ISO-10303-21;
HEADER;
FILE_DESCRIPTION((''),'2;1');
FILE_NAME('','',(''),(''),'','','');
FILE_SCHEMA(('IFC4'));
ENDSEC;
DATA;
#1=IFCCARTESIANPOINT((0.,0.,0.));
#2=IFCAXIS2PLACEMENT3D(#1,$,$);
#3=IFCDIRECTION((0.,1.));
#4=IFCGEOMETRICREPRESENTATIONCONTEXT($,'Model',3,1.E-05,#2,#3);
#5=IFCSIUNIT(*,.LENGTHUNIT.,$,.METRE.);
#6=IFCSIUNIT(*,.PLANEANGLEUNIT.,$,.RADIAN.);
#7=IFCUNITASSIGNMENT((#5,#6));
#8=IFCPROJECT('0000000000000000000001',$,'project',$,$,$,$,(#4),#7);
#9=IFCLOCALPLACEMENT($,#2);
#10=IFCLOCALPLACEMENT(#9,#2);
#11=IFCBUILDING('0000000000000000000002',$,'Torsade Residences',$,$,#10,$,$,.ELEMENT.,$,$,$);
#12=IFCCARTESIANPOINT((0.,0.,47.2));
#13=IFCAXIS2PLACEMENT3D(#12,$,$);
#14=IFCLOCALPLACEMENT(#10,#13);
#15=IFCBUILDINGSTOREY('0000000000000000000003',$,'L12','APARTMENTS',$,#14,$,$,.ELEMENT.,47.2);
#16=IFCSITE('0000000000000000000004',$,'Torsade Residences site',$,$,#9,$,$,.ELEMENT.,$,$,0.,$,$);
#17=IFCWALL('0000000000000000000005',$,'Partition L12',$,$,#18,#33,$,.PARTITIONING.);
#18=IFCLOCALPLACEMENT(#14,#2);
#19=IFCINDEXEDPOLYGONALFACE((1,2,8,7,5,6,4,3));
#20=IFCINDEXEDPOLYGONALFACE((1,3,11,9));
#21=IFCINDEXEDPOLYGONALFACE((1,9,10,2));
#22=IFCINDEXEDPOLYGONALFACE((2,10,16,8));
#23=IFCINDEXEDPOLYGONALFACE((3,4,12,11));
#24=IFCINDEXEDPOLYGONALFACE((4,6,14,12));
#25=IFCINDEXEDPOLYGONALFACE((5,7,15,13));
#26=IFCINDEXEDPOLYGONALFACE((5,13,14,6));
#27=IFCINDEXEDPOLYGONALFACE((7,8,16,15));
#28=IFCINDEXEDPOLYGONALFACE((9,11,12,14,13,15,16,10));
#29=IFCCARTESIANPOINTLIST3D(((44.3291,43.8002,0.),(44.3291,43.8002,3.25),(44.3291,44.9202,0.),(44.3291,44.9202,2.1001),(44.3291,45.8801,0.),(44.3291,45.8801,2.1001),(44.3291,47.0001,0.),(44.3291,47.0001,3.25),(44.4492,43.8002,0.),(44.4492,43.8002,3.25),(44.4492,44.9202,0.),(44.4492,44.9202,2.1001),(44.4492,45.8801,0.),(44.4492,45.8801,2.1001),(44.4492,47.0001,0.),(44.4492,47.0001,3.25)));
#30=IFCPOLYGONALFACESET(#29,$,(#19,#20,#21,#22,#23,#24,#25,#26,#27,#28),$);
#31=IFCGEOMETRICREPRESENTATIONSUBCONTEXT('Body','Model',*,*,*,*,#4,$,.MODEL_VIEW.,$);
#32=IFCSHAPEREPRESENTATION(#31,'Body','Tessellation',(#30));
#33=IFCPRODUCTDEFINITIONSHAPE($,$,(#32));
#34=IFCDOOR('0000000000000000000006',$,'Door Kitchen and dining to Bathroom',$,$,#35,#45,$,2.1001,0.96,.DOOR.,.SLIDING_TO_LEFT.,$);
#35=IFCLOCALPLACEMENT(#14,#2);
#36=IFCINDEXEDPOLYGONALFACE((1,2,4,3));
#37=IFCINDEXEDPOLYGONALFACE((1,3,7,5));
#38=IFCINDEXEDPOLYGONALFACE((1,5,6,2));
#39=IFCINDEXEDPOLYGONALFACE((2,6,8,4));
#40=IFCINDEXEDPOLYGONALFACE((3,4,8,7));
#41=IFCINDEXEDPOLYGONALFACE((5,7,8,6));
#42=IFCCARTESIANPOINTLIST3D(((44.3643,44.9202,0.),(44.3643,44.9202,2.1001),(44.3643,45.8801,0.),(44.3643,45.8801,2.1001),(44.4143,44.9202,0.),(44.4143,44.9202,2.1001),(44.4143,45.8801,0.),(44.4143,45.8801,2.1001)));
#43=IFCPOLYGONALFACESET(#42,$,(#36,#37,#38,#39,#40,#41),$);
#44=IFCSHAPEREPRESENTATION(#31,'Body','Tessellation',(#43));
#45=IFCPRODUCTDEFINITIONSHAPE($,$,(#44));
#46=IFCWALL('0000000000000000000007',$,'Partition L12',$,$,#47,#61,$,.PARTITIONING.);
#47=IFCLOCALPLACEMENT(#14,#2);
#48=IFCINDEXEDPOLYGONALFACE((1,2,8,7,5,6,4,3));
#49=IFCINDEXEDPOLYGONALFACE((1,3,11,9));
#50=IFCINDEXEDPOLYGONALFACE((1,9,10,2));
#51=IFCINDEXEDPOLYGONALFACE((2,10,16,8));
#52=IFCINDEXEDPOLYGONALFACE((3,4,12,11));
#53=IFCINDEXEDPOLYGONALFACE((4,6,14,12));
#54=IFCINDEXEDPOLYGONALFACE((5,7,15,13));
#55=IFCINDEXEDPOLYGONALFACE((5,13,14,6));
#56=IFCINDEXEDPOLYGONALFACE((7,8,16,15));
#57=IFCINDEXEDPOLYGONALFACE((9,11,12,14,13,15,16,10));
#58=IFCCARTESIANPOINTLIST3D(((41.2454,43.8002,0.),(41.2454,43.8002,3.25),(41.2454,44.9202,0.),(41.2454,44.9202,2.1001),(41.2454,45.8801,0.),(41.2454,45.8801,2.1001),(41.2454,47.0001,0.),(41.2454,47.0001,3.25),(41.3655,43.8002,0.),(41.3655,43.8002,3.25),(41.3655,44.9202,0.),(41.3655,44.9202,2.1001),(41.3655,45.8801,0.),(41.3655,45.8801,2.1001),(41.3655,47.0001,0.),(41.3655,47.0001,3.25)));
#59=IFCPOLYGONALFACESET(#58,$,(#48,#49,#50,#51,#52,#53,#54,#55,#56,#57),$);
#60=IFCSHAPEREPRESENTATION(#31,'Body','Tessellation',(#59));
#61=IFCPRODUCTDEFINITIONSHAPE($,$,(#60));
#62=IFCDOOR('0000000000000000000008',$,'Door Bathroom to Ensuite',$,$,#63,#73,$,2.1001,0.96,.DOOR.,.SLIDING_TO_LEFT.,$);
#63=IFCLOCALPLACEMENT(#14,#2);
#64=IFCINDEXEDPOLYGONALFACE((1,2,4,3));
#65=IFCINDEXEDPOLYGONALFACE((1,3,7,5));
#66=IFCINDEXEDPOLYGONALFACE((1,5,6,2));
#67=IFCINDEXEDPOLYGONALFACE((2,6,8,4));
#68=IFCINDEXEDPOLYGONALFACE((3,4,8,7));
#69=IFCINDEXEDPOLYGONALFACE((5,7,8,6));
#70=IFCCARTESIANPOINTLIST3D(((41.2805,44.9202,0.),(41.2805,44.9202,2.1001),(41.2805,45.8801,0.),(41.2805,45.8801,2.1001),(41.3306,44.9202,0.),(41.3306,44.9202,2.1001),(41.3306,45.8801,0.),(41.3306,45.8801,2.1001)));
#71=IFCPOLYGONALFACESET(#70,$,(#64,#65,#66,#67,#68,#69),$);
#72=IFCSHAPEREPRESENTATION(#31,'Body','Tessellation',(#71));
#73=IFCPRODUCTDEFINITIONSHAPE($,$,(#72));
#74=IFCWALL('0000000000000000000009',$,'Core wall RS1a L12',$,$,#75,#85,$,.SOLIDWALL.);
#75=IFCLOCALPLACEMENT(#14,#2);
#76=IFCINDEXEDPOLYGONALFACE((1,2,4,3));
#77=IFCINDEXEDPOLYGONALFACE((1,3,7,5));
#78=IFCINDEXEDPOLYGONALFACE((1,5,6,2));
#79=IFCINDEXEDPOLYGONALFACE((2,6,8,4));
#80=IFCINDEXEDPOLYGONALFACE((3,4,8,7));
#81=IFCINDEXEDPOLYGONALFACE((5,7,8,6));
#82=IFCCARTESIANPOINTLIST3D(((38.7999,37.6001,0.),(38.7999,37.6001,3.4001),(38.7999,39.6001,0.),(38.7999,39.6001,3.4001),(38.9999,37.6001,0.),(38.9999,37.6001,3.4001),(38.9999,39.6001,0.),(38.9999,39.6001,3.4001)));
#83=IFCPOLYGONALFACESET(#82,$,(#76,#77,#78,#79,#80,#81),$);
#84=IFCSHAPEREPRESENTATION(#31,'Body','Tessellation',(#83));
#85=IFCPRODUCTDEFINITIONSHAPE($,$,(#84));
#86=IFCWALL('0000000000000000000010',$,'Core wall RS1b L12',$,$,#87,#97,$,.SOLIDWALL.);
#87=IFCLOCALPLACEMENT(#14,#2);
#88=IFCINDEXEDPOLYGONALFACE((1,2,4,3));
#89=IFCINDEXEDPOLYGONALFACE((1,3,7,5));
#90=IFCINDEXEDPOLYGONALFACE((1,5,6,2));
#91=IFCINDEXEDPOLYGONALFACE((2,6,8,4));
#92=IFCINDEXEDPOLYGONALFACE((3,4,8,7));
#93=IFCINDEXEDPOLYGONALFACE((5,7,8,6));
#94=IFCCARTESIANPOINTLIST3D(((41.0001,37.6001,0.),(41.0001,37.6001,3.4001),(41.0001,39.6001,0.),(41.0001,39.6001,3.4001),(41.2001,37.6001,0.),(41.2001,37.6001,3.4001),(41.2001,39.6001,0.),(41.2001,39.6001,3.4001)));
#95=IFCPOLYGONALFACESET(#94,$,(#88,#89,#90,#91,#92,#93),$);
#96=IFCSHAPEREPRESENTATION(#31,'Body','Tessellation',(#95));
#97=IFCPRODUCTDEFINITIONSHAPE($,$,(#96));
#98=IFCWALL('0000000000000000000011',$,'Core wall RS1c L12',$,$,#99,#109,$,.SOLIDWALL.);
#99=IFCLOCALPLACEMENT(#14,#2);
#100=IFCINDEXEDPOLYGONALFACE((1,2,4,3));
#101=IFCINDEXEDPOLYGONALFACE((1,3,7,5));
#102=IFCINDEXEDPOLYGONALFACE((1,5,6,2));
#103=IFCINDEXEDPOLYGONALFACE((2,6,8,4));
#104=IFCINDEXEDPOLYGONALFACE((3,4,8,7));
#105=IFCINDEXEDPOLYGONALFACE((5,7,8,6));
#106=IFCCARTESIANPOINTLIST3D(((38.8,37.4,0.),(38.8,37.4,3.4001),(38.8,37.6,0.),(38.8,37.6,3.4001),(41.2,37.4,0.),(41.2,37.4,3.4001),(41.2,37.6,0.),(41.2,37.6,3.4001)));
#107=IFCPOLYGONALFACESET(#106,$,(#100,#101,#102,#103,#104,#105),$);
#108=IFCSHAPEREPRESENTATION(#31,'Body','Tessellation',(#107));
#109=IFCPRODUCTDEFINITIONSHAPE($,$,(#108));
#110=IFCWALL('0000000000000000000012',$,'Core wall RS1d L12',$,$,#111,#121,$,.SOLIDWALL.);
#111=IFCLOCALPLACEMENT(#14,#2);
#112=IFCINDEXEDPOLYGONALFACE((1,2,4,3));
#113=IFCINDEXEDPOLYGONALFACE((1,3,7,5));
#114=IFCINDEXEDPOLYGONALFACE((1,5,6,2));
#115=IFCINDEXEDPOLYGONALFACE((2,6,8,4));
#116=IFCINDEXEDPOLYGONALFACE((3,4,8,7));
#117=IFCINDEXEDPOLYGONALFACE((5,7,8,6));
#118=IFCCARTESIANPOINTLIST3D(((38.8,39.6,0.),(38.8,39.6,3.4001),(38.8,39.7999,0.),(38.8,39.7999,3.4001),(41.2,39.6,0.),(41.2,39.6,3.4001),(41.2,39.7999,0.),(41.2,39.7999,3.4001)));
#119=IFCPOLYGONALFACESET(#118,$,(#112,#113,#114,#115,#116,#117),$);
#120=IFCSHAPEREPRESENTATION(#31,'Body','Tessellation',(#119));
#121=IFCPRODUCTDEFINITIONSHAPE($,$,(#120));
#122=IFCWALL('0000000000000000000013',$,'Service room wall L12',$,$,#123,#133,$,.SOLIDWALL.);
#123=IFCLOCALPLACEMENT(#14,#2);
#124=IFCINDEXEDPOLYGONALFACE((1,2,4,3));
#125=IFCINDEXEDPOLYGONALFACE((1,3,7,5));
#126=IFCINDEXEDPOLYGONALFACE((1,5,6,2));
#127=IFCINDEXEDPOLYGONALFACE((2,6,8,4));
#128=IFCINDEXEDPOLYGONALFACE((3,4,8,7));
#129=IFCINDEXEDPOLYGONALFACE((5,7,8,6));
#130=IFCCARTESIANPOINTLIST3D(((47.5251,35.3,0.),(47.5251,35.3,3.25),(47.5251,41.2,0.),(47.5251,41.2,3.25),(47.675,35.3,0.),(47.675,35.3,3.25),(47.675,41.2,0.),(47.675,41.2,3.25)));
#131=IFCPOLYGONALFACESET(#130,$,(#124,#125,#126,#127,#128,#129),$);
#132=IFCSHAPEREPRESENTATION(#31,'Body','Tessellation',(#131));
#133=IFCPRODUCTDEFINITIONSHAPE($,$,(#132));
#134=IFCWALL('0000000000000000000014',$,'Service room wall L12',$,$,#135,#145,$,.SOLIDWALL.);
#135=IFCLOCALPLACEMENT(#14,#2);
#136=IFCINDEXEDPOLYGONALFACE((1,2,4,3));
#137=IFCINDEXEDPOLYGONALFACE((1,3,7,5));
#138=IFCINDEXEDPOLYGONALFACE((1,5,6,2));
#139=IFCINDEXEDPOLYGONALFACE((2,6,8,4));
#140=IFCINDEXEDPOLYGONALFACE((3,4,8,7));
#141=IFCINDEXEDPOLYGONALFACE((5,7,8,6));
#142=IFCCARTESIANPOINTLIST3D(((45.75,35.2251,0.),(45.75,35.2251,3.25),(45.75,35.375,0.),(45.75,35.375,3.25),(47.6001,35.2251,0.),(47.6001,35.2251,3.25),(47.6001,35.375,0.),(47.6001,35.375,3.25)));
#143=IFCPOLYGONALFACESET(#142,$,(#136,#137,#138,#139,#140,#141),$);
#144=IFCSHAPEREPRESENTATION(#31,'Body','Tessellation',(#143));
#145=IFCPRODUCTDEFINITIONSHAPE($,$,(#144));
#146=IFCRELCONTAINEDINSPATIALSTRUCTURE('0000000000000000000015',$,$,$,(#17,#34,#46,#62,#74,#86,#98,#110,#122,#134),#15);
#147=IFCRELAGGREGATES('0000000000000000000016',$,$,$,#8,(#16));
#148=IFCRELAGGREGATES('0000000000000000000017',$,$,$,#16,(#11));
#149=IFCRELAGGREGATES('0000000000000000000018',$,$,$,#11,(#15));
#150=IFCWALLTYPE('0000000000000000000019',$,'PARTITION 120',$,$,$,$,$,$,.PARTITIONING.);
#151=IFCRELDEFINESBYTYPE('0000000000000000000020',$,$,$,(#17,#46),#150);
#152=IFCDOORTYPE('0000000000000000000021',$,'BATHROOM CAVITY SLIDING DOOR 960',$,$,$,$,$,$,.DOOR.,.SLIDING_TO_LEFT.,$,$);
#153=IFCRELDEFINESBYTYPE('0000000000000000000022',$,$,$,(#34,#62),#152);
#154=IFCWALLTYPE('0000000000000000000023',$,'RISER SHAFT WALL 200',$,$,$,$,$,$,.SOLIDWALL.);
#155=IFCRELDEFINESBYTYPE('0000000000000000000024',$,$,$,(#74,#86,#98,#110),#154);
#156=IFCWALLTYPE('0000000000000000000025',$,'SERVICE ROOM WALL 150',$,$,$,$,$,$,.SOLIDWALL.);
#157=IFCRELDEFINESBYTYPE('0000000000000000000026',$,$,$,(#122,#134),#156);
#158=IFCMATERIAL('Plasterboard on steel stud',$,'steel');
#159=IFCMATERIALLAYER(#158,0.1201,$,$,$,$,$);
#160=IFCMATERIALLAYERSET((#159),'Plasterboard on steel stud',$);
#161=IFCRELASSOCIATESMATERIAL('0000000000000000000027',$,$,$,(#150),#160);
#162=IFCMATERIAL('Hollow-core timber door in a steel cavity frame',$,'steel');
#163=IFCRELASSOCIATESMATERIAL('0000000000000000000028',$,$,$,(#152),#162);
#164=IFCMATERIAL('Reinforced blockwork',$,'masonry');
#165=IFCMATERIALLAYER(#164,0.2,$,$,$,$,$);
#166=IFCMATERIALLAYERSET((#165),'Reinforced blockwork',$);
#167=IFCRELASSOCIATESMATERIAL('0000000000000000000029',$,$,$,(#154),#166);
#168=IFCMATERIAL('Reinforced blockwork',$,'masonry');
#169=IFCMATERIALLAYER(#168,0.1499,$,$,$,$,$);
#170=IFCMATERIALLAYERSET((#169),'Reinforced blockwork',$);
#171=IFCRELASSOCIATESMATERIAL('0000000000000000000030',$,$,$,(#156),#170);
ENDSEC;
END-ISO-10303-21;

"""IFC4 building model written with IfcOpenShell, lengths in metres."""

from ifc_helpers import new_model, si_unit, direction, frame, frame_2d, origin, place, context, subcontext, project, spatial, rectangle, extrude, material, layer, layer_set, type_object, element, fill, save


model = new_model("IFC4")

# Units and contexts
model_context = context("Model", 3, precision=1e-05, world=origin(), true_north=direction((0.0, 1.0)))
body_context = subcontext(model_context, "Body", "Model", "MODEL_VIEW")
ifc_project = project(units=[si_unit("LENGTHUNIT", "METRE"), si_unit("PLANEANGLEUNIT", "RADIAN")], contexts=[model_context])

# Site, building, storey
site_placement = place(None, origin())
site = spatial("IfcSite", under=ifc_project, at=site_placement, Name="Torsade Residences site", CompositionType="ELEMENT", RefElevation=0.0)
building_placement = place(site_placement, origin())
building = spatial("IfcBuilding", under=site, at=building_placement, Name="Torsade Residences", CompositionType="ELEMENT")
storey_placement = place(building_placement, frame((0.0, 0.0, 47.2)))
storey = spatial("IfcBuildingStorey", under=building, at=storey_placement, Name="L12", Description="APARTMENTS", CompositionType="ELEMENT", Elevation=47.2)

# Walls, openings, doors
ifc_material_1 = material(Name="Plasterboard on steel stud", Category="steel")
ifc_layer_1 = layer(ifc_material_1, 0.1201)
ifc_layer_set_1 = layer_set([ifc_layer_1], Name="Plasterboard on steel stud")
wall_type_1 = type_object("IfcWallType", Name="PARTITION 120", PredefinedType="PARTITIONING", material=ifc_layer_set_1)
wall_1_placement = place(storey_placement, frame((44.3892, 43.8, 0.0), z_axis=(0.0, 0.0, 1.0), x_axis=(0.0, 1.0, 0.0)))
wall_1 = element("IfcWall", 1, at=wall_1_placement, inside=storey, type_object=wall_type_1, Name="Partition L12", PredefinedType="PARTITIONING", context=body_context, shape_type="SweptSolid", body=[
    extrude(rectangle(XDim=3.2, YDim=0.1201, at=frame_2d((1.6001, 0.0))), origin(), (0.0, 0.0, 1.0), 3.25),
])
opening_1_placement = place(wall_1_placement, frame((1.1201, 0.0, 0.0)))
opening_1 = element("IfcOpeningElement", 2, at=opening_1_placement, cuts=wall_1, PredefinedType="OPENING", context=body_context, shape_type="SweptSolid", body=[
    extrude(rectangle(XDim=0.96, YDim=2.1001, at=frame_2d((0.48, 1.05))), frame((0.0, 0.0701, 0.0), z_axis=(0.0, -1.0, 0.0), x_axis=(1.0, 0.0, 0.0)), (0.0, 0.0, 1.0), 0.1401),
])
ifc_material_2 = material(Name="Hollow-core timber door in a steel cavity frame", Category="steel")
door_type = type_object("IfcDoorType", Name="BATHROOM CAVITY SLIDING DOOR 960", OperationType="SLIDING_TO_LEFT", PredefinedType="DOOR", material=ifc_material_2)
door_1_placement = place(opening_1_placement, origin())
door_1 = element("IfcDoor", 3, at=door_1_placement, inside=storey, type_object=door_type, Name="Door Kitchen and dining to Bathroom", OperationType="SLIDING_TO_LEFT", OverallHeight=2.1001, OverallWidth=0.96, PredefinedType="DOOR", context=body_context, shape_type="SweptSolid", body=[
    extrude(rectangle(XDim=0.96, YDim=2.1001, at=frame_2d((0.48, 1.05))), frame((0.0, 0.0249, 0.0), z_axis=(0.0, -1.0, 0.0), x_axis=(1.0, 0.0, 0.0)), (0.0, 0.0, 1.0), 0.05),
])
fill(opening_1, door_1)
wall_2_placement = place(storey_placement, frame((41.3054, 43.8, 0.0), z_axis=(0.0, 0.0, 1.0), x_axis=(0.0, 1.0, 0.0)))
wall_2 = element("IfcWall", 4, at=wall_2_placement, inside=storey, type_object=wall_type_1, Name="Partition L12", PredefinedType="PARTITIONING", context=body_context, shape_type="SweptSolid", body=[
    extrude(rectangle(XDim=3.2, YDim=0.1201, at=frame_2d((1.6001, 0.0))), origin(), (0.0, 0.0, 1.0), 3.25),
])
opening_2_placement = place(wall_2_placement, frame((1.1201, 0.0, 0.0)))
opening_2 = element("IfcOpeningElement", 5, at=opening_2_placement, cuts=wall_2, PredefinedType="OPENING", context=body_context, shape_type="SweptSolid", body=[
    extrude(rectangle(XDim=0.96, YDim=2.1001, at=frame_2d((0.48, 1.05))), frame((0.0, 0.0701, 0.0), z_axis=(0.0, -1.0, 0.0), x_axis=(1.0, 0.0, 0.0)), (0.0, 0.0, 1.0), 0.1401),
])
door_2_placement = place(opening_2_placement, origin())
door_2 = element("IfcDoor", 6, at=door_2_placement, inside=storey, type_object=door_type, Name="Door Bathroom to Ensuite", OperationType="SLIDING_TO_LEFT", OverallHeight=2.1001, OverallWidth=0.96, PredefinedType="DOOR", context=body_context, shape_type="SweptSolid", body=[
    extrude(rectangle(XDim=0.96, YDim=2.1001, at=frame_2d((0.48, 1.05))), frame((0.0, 0.0249, 0.0), z_axis=(0.0, -1.0, 0.0), x_axis=(1.0, 0.0, 0.0)), (0.0, 0.0, 1.0), 0.05),
])
fill(opening_2, door_2)

# Walls
ifc_material_3 = material(Name="Reinforced blockwork", Category="masonry")
ifc_layer_2 = layer(ifc_material_3, 0.2)
ifc_layer_set_2 = layer_set([ifc_layer_2], Name="Reinforced blockwork")
wall_type_2 = type_object("IfcWallType", Name="RISER SHAFT WALL 200", PredefinedType="SOLIDWALL", material=ifc_layer_set_2)
for number, where, z_axis, x_axis, name in (
    (7, (38.8999, 37.6001, 0.0), (0.0, 0.0, 1.0), (0.0, 1.0, 0.0), "Core wall RS1a L12"),
    (8, (41.1001, 37.6001, 0.0), (0.0, 0.0, 1.0), (0.0, 1.0, 0.0), "Core wall RS1b L12"),
):
    element("IfcWall", number, at=place(storey_placement, frame(where, z_axis=z_axis, x_axis=x_axis)), inside=storey, type_object=wall_type_2, Name=name, PredefinedType="SOLIDWALL", context=body_context, shape_type="SweptSolid", body=[
        extrude(rectangle(XDim=2.0, YDim=0.2, at=frame_2d((1.0, 0.0))), origin(), (0.0, 0.0, 1.0), 3.4001),
    ])
for number, where, z_axis, x_axis, name in (
    (9, (38.8, 37.5, 0.0), (0.0, 0.0, 1.0), (1.0, 0.0, 0.0), "Core wall RS1c L12"),
    (10, (38.8, 39.7, 0.0), (0.0, 0.0, 1.0), (1.0, 0.0, 0.0), "Core wall RS1d L12"),
):
    element("IfcWall", number, at=place(storey_placement, frame(where, z_axis=z_axis, x_axis=x_axis)), inside=storey, type_object=wall_type_2, Name=name, PredefinedType="SOLIDWALL", context=body_context, shape_type="SweptSolid", body=[
        extrude(rectangle(XDim=2.3999, YDim=0.2, at=frame_2d((1.2, 0.0))), origin(), (0.0, 0.0, 1.0), 3.4001),
    ])
ifc_material_4 = material(Name="Reinforced blockwork", Category="masonry")
ifc_layer_3 = layer(ifc_material_4, 0.1499)
ifc_layer_set_3 = layer_set([ifc_layer_3], Name="Reinforced blockwork")
wall_type_3 = type_object("IfcWallType", Name="SERVICE ROOM WALL 150", PredefinedType="SOLIDWALL", material=ifc_layer_set_3)
wall_3_placement = place(storey_placement, frame((47.6001, 41.2, 0.0), z_axis=(0.0, 0.0, 1.0), x_axis=(0.0, -1.0, 0.0)))
element("IfcWall", 11, at=wall_3_placement, inside=storey, type_object=wall_type_3, Name="Service room wall L12", PredefinedType="SOLIDWALL", context=body_context, shape_type="SweptSolid", body=[
    extrude(rectangle(XDim=5.8999, YDim=0.1499, at=frame_2d((2.95, 0.0))), origin(), (0.0, 0.0, 1.0), 3.25),
])
wall_4_placement = place(storey_placement, frame((47.6001, 35.3, 0.0), z_axis=(0.0, 0.0, 1.0), x_axis=(-1.0, 0.0, 0.0)))
element("IfcWall", 12, at=wall_4_placement, inside=storey, type_object=wall_type_3, Name="Service room wall L12", PredefinedType="SOLIDWALL", context=body_context, shape_type="SweptSolid", body=[
    extrude(rectangle(XDim=1.8501, YDim=0.1499, at=frame_2d((0.925, 0.0))), origin(), (0.0, 0.0, 1.0), 3.25),
])

save(model, "model.ifc")
